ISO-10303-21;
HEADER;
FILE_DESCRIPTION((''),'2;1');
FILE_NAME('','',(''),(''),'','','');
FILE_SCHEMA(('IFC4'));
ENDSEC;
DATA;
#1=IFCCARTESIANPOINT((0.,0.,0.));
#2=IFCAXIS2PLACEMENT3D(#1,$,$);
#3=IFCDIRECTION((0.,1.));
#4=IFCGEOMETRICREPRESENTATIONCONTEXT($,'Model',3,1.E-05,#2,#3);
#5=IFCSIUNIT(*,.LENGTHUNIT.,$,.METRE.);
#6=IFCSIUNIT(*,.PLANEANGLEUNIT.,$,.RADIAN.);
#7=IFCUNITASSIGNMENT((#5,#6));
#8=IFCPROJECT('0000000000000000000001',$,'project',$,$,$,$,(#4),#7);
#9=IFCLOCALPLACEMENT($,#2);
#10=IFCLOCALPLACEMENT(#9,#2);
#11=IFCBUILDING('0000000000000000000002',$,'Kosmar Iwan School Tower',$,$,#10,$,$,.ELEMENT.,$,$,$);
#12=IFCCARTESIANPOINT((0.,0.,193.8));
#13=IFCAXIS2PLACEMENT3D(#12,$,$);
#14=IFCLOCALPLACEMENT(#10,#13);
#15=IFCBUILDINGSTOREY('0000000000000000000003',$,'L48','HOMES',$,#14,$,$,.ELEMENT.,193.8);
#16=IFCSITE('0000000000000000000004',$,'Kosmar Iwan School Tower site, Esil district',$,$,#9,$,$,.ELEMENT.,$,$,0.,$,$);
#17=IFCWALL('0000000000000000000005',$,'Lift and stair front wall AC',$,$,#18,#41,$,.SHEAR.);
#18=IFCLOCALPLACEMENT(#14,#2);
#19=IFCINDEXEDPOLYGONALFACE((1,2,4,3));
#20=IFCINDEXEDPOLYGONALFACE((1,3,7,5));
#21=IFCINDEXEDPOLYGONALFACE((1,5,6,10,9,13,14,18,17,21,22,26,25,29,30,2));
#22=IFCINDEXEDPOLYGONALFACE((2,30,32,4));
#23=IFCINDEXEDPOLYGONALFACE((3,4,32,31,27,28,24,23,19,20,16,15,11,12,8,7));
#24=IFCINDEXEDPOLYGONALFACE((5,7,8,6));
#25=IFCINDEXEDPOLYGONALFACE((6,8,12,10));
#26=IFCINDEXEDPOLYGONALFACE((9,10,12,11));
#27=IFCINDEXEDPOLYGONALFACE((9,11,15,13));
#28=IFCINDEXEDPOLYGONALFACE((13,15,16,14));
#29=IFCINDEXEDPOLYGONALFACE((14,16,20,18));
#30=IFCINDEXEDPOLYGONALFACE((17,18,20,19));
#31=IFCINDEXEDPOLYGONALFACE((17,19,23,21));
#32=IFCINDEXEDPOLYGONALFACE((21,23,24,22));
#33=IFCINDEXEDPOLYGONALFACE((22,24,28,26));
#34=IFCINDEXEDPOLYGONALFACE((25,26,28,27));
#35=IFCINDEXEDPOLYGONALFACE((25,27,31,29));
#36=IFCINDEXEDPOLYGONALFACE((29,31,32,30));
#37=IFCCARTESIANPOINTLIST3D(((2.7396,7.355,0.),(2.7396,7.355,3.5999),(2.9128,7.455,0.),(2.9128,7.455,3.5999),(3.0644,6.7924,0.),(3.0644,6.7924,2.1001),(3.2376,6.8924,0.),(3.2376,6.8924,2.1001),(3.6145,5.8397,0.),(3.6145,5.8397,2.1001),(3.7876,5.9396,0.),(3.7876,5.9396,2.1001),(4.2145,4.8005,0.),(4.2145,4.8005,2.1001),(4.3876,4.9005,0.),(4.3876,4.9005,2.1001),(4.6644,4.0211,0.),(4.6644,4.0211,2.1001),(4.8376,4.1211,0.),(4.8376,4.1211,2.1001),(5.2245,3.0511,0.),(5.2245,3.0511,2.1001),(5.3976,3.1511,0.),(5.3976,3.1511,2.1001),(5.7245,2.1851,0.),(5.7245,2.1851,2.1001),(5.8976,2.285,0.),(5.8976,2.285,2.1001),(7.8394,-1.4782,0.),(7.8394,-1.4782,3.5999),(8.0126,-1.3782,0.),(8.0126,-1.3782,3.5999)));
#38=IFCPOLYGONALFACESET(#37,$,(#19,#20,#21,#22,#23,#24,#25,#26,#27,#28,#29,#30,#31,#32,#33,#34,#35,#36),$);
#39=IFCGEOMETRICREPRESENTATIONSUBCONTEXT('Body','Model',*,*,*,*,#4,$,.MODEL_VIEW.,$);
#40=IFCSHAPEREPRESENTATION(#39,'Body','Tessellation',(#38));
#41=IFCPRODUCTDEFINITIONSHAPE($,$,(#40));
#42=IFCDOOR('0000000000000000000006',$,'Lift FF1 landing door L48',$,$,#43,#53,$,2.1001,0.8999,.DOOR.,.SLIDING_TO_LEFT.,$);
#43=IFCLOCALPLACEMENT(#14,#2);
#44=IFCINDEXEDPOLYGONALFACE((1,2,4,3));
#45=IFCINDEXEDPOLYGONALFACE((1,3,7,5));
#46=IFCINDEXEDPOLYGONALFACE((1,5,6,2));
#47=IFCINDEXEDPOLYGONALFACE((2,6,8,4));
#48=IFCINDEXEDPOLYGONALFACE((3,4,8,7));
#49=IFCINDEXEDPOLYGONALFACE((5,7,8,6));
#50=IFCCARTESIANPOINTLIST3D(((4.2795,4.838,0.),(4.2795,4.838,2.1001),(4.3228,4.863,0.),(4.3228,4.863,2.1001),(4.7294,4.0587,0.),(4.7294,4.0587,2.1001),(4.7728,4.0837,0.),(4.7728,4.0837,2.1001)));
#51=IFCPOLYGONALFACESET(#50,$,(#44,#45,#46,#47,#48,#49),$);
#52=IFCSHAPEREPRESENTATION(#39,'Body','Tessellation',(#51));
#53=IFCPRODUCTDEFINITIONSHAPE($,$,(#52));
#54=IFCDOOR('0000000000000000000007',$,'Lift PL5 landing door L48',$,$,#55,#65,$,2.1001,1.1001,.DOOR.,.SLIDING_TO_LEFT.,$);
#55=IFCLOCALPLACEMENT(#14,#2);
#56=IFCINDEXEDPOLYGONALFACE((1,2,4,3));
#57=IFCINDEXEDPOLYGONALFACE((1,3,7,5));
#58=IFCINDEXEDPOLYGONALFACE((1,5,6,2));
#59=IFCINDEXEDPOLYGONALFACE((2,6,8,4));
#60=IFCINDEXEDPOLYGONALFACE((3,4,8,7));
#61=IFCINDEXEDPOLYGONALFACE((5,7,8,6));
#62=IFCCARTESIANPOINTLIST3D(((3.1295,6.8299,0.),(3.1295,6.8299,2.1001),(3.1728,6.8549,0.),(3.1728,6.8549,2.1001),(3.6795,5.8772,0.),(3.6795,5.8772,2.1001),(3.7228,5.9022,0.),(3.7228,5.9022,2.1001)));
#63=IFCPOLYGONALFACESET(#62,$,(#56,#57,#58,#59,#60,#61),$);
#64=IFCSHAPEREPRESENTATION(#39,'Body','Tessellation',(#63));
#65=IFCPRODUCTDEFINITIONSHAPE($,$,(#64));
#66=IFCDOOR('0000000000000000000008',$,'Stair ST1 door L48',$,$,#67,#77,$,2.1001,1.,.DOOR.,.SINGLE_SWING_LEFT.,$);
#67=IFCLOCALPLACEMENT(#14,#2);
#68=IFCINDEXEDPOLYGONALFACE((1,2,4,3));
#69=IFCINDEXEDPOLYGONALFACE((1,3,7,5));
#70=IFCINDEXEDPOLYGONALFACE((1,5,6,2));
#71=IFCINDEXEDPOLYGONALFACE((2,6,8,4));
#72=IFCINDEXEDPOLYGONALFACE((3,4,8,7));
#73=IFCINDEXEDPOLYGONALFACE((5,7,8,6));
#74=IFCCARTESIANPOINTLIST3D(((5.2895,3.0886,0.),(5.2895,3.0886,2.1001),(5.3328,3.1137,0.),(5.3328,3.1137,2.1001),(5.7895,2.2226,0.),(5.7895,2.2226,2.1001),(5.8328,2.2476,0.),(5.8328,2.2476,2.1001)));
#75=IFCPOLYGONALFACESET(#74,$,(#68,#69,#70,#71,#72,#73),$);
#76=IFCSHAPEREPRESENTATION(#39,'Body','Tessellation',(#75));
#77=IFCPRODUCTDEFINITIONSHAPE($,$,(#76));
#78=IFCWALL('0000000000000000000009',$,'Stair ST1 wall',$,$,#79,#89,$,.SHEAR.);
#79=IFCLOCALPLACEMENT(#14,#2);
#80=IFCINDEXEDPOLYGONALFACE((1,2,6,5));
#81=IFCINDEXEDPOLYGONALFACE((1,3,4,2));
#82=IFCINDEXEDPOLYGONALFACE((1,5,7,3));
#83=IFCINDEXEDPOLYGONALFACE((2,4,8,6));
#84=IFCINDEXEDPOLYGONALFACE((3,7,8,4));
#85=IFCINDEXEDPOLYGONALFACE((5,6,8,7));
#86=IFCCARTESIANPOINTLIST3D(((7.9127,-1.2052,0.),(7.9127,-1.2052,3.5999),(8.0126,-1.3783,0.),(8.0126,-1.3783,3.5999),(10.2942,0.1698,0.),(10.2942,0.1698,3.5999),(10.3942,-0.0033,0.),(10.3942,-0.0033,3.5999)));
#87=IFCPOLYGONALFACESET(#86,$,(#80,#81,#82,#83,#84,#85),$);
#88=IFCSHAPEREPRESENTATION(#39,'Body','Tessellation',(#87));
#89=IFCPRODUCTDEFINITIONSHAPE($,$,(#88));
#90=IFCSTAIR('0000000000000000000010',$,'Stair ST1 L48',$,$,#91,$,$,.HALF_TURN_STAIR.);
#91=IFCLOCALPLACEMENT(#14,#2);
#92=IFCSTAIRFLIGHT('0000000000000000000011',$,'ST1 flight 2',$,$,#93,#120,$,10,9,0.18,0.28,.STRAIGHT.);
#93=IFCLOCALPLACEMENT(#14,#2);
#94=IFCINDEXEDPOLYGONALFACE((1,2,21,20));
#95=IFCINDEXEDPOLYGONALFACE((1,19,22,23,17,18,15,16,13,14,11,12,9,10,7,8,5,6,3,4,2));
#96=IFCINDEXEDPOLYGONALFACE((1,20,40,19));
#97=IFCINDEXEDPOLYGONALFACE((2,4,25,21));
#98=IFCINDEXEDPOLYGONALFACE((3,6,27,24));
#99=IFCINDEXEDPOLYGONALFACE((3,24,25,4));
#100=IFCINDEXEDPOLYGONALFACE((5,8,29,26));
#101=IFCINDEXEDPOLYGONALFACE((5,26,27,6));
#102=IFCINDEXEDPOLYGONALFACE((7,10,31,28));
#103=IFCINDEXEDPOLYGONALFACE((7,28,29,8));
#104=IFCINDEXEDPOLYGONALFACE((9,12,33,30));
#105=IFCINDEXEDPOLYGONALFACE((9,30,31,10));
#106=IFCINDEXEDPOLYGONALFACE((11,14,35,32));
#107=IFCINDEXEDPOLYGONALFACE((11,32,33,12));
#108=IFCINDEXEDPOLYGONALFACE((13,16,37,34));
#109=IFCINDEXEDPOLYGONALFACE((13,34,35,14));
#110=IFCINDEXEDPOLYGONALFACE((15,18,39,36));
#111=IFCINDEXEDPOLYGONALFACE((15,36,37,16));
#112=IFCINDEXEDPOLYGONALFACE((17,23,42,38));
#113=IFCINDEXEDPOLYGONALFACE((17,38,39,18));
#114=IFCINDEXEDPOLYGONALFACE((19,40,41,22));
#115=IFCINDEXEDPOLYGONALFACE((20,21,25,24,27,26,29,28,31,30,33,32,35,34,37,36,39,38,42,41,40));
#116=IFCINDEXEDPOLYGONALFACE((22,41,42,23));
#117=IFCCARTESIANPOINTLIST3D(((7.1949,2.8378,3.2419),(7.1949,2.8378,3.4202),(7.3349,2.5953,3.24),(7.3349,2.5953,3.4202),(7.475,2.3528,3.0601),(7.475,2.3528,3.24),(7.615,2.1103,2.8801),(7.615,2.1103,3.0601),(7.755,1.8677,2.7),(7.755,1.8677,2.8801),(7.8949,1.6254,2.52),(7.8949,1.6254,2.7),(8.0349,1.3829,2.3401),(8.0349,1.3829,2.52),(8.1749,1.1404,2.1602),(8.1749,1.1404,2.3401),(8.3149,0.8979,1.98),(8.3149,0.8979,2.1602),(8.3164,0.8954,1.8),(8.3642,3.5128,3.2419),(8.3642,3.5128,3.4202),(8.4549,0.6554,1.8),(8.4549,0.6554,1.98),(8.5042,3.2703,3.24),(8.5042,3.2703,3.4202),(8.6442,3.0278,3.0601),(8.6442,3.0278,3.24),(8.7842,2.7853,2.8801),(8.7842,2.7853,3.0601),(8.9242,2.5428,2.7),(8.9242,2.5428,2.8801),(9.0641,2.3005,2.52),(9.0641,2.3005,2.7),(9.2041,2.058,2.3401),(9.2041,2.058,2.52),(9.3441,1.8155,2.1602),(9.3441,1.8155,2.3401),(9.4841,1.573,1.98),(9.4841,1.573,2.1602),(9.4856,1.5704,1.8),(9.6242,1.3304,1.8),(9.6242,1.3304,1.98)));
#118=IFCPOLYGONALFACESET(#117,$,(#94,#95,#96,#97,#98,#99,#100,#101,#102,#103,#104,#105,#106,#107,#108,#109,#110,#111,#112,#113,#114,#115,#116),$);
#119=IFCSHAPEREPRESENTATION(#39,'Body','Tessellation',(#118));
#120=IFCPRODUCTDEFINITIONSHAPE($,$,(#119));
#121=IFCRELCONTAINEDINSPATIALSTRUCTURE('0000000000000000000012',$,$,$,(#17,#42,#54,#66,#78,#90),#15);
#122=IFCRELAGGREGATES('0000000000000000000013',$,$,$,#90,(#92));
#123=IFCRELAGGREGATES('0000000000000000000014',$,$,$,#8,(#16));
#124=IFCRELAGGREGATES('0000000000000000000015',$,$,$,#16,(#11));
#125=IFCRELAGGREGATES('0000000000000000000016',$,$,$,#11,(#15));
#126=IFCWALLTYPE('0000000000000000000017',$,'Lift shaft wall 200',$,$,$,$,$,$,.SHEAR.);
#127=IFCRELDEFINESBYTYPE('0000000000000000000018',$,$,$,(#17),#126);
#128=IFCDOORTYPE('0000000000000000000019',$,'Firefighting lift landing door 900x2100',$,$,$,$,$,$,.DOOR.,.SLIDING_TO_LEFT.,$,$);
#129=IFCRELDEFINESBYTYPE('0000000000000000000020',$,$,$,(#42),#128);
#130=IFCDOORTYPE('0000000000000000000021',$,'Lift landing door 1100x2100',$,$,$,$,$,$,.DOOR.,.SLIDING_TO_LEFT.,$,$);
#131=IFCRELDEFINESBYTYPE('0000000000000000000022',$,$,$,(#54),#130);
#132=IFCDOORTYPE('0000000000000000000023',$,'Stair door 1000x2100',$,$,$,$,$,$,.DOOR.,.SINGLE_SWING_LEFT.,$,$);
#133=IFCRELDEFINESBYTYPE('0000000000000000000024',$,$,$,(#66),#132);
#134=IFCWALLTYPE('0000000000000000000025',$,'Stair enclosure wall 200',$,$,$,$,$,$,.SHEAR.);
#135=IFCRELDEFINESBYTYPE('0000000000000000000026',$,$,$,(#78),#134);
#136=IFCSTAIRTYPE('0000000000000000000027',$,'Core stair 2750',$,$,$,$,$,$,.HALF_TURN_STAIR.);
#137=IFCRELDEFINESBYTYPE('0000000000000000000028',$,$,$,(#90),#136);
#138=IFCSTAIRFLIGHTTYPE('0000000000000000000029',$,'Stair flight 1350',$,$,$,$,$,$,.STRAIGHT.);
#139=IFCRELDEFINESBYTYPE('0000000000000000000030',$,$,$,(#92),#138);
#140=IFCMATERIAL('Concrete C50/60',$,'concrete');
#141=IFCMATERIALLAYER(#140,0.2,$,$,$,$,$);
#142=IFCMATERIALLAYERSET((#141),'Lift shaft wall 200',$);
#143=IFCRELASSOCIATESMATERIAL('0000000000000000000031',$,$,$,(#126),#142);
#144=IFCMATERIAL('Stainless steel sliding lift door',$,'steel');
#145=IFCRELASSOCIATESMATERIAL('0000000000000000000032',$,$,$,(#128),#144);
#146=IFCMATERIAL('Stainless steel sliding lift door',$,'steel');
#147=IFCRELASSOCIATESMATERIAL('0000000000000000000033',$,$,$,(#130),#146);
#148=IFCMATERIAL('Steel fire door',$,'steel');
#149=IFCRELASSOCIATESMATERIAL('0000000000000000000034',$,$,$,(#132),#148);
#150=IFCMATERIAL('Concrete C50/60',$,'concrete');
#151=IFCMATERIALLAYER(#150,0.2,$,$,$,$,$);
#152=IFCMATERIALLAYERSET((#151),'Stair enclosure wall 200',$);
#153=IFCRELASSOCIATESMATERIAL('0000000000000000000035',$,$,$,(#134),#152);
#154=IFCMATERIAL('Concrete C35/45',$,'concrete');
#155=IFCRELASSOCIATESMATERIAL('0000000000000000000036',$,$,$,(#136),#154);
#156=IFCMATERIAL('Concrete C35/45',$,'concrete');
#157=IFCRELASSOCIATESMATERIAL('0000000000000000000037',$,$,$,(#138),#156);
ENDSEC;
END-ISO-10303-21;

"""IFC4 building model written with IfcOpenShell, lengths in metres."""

from ifc_helpers import new_model, si_unit, direction, frame, frame_2d, origin, place, context, subcontext, project, spatial, polyline, rectangle, outline, extrude, material, layer, layer_set, type_object, element, fill, aggregate, save


model = new_model("IFC4")

# Units and contexts
model_context = context("Model", 3, precision=1e-05, world=origin(), true_north=direction((0.0, 1.0)))
body_context = subcontext(model_context, "Body", "Model", "MODEL_VIEW")
ifc_project = project(units=[si_unit("LENGTHUNIT", "METRE"), si_unit("PLANEANGLEUNIT", "RADIAN")], contexts=[model_context])

# Site, building, storey
site_placement = place(None, origin())
site = spatial("IfcSite", under=ifc_project, at=site_placement, Name="Kosmar Iwan School Tower site, Esil district", CompositionType="ELEMENT", RefElevation=0.0)
building_placement = place(site_placement, origin())
building = spatial("IfcBuilding", under=site, at=building_placement, Name="Kosmar Iwan School Tower", CompositionType="ELEMENT")
storey_placement = place(building_placement, frame((0.0, 0.0, 193.8)))
storey = spatial("IfcBuildingStorey", under=building, at=storey_placement, Name="L48", Description="HOMES", CompositionType="ELEMENT", Elevation=193.8)

# Wall, openings, doors
ifc_material_1 = material(Name="Concrete C50/60", Category="concrete")
ifc_layer_1 = layer(ifc_material_1, 0.2)
ifc_layer_set_1 = layer_set([ifc_layer_1], Name="Lift shaft wall 200")
wall_type_1 = type_object("IfcWallType", Name="Lift shaft wall 200", PredefinedType="SHEAR", material=ifc_layer_set_1)
wall_1_placement = place(storey_placement, frame((7.926, -1.4282, 0.0), z_axis=(0.0, 0.0, 1.0), x_axis=(-0.499998, 0.866027, 0.0)))
wall_1 = element("IfcWall", 1, at=wall_1_placement, inside=storey, type_object=wall_type_1, Name="Lift and stair front wall AC", PredefinedType="SHEAR", context=body_context, shape_type="SweptSolid", body=[
    extrude(rectangle(XDim=10.1997, YDim=0.2, at=frame_2d((5.0999, 0.0))), origin(), (0.0, 0.0, 1.0), 3.5999),
])
opening_1_placement = place(wall_1_placement, frame((6.3501, 0.0, 0.0)))
opening_1 = element("IfcOpeningElement", 2, at=opening_1_placement, cuts=wall_1, PredefinedType="OPENING", context=body_context, shape_type="SweptSolid", body=[
    extrude(rectangle(XDim=0.8999, YDim=2.1001, at=frame_2d((0.45, 1.05))), frame((0.0, 0.1121, 0.0), z_axis=(0.0, -1.0, 0.0), x_axis=(1.0, 0.0, 0.0)), (0.0, 0.0, 1.0), 0.2239),
])
opening_2_placement = place(wall_1_placement, frame((8.45, 0.0, 0.0)))
opening_2 = element("IfcOpeningElement", 3, at=opening_2_placement, cuts=wall_1, PredefinedType="OPENING", context=body_context, shape_type="SweptSolid", body=[
    extrude(rectangle(XDim=1.1001, YDim=2.1001, at=frame_2d((0.55, 1.05))), frame((0.0, 0.1121, 0.0), z_axis=(0.0, -1.0, 0.0), x_axis=(1.0, 0.0, 0.0)), (0.0, 0.0, 1.0), 0.2239),
])
opening_3_placement = place(wall_1_placement, frame((4.23, 0.0, 0.0)))
opening_3 = element("IfcOpeningElement", 4, at=opening_3_placement, cuts=wall_1, PredefinedType="OPENING", context=body_context, shape_type="SweptSolid", body=[
    extrude(rectangle(XDim=1.0, YDim=2.1001, at=frame_2d((0.5, 1.05))), frame((0.0, 0.1121, 0.0), z_axis=(0.0, -1.0, 0.0), x_axis=(1.0, 0.0, 0.0)), (0.0, 0.0, 1.0), 0.2239),
])
ifc_material_2 = material(Name="Stainless steel sliding lift door", Category="steel")
door_type_1 = type_object("IfcDoorType", Name="Firefighting lift landing door 900x2100", OperationType="SLIDING_TO_LEFT", PredefinedType="DOOR", material=ifc_material_2)
door_1_placement = place(opening_1_placement, origin())
door_1 = element("IfcDoor", 5, at=door_1_placement, inside=storey, type_object=door_type_1, Name="Lift FF1 landing door L48", OperationType="SLIDING_TO_LEFT", OverallHeight=2.1001, OverallWidth=0.8999, PredefinedType="DOOR", context=body_context, shape_type="SweptSolid", body=[
    extrude(rectangle(XDim=0.8999, YDim=2.1001, at=frame_2d((0.45, 1.05))), frame((0.0, 0.0249, 0.0), z_axis=(0.0, -1.0, 0.0), x_axis=(1.0, 0.0, 0.0)), (0.0, 0.0, 1.0), 0.05),
])
fill(opening_1, door_1)
ifc_material_3 = material(Name="Stainless steel sliding lift door", Category="steel")
door_type_2 = type_object("IfcDoorType", Name="Lift landing door 1100x2100", OperationType="SLIDING_TO_LEFT", PredefinedType="DOOR", material=ifc_material_3)
door_2_placement = place(opening_2_placement, origin())
door_2 = element("IfcDoor", 6, at=door_2_placement, inside=storey, type_object=door_type_2, Name="Lift PL5 landing door L48", OperationType="SLIDING_TO_LEFT", OverallHeight=2.1001, OverallWidth=1.1001, PredefinedType="DOOR", context=body_context, shape_type="SweptSolid", body=[
    extrude(rectangle(XDim=1.1001, YDim=2.1001, at=frame_2d((0.55, 1.05))), frame((0.0, 0.0249, 0.0), z_axis=(0.0, -1.0, 0.0), x_axis=(1.0, 0.0, 0.0)), (0.0, 0.0, 1.0), 0.05),
])
fill(opening_2, door_2)
ifc_material_4 = material(Name="Steel fire door", Category="steel")
door_type_3 = type_object("IfcDoorType", Name="Stair door 1000x2100", OperationType="SINGLE_SWING_LEFT", PredefinedType="DOOR", material=ifc_material_4)
door_3_placement = place(opening_3_placement, origin())
door_3 = element("IfcDoor", 7, at=door_3_placement, inside=storey, type_object=door_type_3, Name="Stair ST1 door L48", OperationType="SINGLE_SWING_LEFT", OverallHeight=2.1001, OverallWidth=1.0, PredefinedType="DOOR", context=body_context, shape_type="SweptSolid", body=[
    extrude(rectangle(XDim=1.0, YDim=2.1001, at=frame_2d((0.5, 1.05))), frame((0.0, 0.0249, 0.0), z_axis=(0.0, -1.0, 0.0), x_axis=(1.0, 0.0, 0.0)), (0.0, 0.0, 1.0), 0.05),
])
fill(opening_3, door_3)

# Wall
ifc_material_5 = material(Name="Concrete C50/60", Category="concrete")
ifc_layer_2 = layer(ifc_material_5, 0.2)
ifc_layer_set_2 = layer_set([ifc_layer_2], Name="Stair enclosure wall 200")
wall_type_2 = type_object("IfcWallType", Name="Stair enclosure wall 200", PredefinedType="SHEAR", material=ifc_layer_set_2)
wall_2_placement = place(storey_placement, frame((7.9626, -1.2917, 0.0), z_axis=(0.0, 0.0, 1.0), x_axis=(0.866027, 0.499997, 0.0)))
element("IfcWall", 8, at=wall_2_placement, inside=storey, type_object=wall_type_2, Name="Stair ST1 wall", PredefinedType="SHEAR", context=body_context, shape_type="SweptSolid", body=[
    extrude(rectangle(XDim=2.75, YDim=0.2, at=frame_2d((1.375, 0.0))), origin(), (0.0, 0.0, 1.0), 3.5999),
])

# Stair, stair flight
ifc_material_6 = material(Name="Concrete C35/45", Category="concrete")
stair_type = type_object("IfcStairType", Name="Core stair 2750", PredefinedType="HALF_TURN_STAIR", material=ifc_material_6)
stair_placement = place(storey_placement, origin())
stair = element("IfcStair", 9, at=stair_placement, inside=storey, type_object=stair_type, Name="Stair ST1 L48", PredefinedType="HALF_TURN_STAIR")
ifc_material_7 = material(Name="Concrete C35/45", Category="concrete")
stair_flight_type = type_object("IfcStairFlightType", Name="Stair flight 1350", PredefinedType="STRAIGHT", material=ifc_material_7)
stair_flight_placement = place(storey_placement, frame((9.0396, 0.9929, 1.8), z_axis=(0.0, 0.0, 1.0), x_axis=(-0.5, 0.866025, 0.0)))
stair_flight = element("IfcStairFlight", 10, at=stair_flight_placement, type_object=stair_flight_type, Name="ST1 flight 2", NumberOfRisers=10, NumberOfTreads=9, PredefinedType="STRAIGHT", RiserHeight=0.18, TreadLength=0.28, context=body_context, shape_type="SweptSolid", body=[
    extrude(outline(polyline([(0.0, 0.0), (0.0, 0.1799), (0.28, 0.1799), (0.28, 0.3601), (0.5601, 0.3601), (0.5601, 0.54), (0.8401, 0.54), (0.8401, 0.72), (1.1201, 0.72), (1.1201, 0.8999), (1.3999, 0.8999), (1.3999, 1.0801), (1.6799, 1.0801), (1.6799, 1.26), (1.96, 1.26), (1.96, 1.4399), (2.24, 1.4399), (2.24, 1.6201), (2.52, 1.6201), (2.52, 1.8), (2.52, 1.4419), (0.2771, 0.0), (0.0, 0.0)])), frame((0.0, 0.675, 0.0), z_axis=(0.0, -1.0, 0.0), x_axis=(1.0, 0.0, 0.0)), (0.0, 0.0, 1.0), 1.3501),
])
aggregate(stair, [stair_flight])

save(model, "model.ifc")
